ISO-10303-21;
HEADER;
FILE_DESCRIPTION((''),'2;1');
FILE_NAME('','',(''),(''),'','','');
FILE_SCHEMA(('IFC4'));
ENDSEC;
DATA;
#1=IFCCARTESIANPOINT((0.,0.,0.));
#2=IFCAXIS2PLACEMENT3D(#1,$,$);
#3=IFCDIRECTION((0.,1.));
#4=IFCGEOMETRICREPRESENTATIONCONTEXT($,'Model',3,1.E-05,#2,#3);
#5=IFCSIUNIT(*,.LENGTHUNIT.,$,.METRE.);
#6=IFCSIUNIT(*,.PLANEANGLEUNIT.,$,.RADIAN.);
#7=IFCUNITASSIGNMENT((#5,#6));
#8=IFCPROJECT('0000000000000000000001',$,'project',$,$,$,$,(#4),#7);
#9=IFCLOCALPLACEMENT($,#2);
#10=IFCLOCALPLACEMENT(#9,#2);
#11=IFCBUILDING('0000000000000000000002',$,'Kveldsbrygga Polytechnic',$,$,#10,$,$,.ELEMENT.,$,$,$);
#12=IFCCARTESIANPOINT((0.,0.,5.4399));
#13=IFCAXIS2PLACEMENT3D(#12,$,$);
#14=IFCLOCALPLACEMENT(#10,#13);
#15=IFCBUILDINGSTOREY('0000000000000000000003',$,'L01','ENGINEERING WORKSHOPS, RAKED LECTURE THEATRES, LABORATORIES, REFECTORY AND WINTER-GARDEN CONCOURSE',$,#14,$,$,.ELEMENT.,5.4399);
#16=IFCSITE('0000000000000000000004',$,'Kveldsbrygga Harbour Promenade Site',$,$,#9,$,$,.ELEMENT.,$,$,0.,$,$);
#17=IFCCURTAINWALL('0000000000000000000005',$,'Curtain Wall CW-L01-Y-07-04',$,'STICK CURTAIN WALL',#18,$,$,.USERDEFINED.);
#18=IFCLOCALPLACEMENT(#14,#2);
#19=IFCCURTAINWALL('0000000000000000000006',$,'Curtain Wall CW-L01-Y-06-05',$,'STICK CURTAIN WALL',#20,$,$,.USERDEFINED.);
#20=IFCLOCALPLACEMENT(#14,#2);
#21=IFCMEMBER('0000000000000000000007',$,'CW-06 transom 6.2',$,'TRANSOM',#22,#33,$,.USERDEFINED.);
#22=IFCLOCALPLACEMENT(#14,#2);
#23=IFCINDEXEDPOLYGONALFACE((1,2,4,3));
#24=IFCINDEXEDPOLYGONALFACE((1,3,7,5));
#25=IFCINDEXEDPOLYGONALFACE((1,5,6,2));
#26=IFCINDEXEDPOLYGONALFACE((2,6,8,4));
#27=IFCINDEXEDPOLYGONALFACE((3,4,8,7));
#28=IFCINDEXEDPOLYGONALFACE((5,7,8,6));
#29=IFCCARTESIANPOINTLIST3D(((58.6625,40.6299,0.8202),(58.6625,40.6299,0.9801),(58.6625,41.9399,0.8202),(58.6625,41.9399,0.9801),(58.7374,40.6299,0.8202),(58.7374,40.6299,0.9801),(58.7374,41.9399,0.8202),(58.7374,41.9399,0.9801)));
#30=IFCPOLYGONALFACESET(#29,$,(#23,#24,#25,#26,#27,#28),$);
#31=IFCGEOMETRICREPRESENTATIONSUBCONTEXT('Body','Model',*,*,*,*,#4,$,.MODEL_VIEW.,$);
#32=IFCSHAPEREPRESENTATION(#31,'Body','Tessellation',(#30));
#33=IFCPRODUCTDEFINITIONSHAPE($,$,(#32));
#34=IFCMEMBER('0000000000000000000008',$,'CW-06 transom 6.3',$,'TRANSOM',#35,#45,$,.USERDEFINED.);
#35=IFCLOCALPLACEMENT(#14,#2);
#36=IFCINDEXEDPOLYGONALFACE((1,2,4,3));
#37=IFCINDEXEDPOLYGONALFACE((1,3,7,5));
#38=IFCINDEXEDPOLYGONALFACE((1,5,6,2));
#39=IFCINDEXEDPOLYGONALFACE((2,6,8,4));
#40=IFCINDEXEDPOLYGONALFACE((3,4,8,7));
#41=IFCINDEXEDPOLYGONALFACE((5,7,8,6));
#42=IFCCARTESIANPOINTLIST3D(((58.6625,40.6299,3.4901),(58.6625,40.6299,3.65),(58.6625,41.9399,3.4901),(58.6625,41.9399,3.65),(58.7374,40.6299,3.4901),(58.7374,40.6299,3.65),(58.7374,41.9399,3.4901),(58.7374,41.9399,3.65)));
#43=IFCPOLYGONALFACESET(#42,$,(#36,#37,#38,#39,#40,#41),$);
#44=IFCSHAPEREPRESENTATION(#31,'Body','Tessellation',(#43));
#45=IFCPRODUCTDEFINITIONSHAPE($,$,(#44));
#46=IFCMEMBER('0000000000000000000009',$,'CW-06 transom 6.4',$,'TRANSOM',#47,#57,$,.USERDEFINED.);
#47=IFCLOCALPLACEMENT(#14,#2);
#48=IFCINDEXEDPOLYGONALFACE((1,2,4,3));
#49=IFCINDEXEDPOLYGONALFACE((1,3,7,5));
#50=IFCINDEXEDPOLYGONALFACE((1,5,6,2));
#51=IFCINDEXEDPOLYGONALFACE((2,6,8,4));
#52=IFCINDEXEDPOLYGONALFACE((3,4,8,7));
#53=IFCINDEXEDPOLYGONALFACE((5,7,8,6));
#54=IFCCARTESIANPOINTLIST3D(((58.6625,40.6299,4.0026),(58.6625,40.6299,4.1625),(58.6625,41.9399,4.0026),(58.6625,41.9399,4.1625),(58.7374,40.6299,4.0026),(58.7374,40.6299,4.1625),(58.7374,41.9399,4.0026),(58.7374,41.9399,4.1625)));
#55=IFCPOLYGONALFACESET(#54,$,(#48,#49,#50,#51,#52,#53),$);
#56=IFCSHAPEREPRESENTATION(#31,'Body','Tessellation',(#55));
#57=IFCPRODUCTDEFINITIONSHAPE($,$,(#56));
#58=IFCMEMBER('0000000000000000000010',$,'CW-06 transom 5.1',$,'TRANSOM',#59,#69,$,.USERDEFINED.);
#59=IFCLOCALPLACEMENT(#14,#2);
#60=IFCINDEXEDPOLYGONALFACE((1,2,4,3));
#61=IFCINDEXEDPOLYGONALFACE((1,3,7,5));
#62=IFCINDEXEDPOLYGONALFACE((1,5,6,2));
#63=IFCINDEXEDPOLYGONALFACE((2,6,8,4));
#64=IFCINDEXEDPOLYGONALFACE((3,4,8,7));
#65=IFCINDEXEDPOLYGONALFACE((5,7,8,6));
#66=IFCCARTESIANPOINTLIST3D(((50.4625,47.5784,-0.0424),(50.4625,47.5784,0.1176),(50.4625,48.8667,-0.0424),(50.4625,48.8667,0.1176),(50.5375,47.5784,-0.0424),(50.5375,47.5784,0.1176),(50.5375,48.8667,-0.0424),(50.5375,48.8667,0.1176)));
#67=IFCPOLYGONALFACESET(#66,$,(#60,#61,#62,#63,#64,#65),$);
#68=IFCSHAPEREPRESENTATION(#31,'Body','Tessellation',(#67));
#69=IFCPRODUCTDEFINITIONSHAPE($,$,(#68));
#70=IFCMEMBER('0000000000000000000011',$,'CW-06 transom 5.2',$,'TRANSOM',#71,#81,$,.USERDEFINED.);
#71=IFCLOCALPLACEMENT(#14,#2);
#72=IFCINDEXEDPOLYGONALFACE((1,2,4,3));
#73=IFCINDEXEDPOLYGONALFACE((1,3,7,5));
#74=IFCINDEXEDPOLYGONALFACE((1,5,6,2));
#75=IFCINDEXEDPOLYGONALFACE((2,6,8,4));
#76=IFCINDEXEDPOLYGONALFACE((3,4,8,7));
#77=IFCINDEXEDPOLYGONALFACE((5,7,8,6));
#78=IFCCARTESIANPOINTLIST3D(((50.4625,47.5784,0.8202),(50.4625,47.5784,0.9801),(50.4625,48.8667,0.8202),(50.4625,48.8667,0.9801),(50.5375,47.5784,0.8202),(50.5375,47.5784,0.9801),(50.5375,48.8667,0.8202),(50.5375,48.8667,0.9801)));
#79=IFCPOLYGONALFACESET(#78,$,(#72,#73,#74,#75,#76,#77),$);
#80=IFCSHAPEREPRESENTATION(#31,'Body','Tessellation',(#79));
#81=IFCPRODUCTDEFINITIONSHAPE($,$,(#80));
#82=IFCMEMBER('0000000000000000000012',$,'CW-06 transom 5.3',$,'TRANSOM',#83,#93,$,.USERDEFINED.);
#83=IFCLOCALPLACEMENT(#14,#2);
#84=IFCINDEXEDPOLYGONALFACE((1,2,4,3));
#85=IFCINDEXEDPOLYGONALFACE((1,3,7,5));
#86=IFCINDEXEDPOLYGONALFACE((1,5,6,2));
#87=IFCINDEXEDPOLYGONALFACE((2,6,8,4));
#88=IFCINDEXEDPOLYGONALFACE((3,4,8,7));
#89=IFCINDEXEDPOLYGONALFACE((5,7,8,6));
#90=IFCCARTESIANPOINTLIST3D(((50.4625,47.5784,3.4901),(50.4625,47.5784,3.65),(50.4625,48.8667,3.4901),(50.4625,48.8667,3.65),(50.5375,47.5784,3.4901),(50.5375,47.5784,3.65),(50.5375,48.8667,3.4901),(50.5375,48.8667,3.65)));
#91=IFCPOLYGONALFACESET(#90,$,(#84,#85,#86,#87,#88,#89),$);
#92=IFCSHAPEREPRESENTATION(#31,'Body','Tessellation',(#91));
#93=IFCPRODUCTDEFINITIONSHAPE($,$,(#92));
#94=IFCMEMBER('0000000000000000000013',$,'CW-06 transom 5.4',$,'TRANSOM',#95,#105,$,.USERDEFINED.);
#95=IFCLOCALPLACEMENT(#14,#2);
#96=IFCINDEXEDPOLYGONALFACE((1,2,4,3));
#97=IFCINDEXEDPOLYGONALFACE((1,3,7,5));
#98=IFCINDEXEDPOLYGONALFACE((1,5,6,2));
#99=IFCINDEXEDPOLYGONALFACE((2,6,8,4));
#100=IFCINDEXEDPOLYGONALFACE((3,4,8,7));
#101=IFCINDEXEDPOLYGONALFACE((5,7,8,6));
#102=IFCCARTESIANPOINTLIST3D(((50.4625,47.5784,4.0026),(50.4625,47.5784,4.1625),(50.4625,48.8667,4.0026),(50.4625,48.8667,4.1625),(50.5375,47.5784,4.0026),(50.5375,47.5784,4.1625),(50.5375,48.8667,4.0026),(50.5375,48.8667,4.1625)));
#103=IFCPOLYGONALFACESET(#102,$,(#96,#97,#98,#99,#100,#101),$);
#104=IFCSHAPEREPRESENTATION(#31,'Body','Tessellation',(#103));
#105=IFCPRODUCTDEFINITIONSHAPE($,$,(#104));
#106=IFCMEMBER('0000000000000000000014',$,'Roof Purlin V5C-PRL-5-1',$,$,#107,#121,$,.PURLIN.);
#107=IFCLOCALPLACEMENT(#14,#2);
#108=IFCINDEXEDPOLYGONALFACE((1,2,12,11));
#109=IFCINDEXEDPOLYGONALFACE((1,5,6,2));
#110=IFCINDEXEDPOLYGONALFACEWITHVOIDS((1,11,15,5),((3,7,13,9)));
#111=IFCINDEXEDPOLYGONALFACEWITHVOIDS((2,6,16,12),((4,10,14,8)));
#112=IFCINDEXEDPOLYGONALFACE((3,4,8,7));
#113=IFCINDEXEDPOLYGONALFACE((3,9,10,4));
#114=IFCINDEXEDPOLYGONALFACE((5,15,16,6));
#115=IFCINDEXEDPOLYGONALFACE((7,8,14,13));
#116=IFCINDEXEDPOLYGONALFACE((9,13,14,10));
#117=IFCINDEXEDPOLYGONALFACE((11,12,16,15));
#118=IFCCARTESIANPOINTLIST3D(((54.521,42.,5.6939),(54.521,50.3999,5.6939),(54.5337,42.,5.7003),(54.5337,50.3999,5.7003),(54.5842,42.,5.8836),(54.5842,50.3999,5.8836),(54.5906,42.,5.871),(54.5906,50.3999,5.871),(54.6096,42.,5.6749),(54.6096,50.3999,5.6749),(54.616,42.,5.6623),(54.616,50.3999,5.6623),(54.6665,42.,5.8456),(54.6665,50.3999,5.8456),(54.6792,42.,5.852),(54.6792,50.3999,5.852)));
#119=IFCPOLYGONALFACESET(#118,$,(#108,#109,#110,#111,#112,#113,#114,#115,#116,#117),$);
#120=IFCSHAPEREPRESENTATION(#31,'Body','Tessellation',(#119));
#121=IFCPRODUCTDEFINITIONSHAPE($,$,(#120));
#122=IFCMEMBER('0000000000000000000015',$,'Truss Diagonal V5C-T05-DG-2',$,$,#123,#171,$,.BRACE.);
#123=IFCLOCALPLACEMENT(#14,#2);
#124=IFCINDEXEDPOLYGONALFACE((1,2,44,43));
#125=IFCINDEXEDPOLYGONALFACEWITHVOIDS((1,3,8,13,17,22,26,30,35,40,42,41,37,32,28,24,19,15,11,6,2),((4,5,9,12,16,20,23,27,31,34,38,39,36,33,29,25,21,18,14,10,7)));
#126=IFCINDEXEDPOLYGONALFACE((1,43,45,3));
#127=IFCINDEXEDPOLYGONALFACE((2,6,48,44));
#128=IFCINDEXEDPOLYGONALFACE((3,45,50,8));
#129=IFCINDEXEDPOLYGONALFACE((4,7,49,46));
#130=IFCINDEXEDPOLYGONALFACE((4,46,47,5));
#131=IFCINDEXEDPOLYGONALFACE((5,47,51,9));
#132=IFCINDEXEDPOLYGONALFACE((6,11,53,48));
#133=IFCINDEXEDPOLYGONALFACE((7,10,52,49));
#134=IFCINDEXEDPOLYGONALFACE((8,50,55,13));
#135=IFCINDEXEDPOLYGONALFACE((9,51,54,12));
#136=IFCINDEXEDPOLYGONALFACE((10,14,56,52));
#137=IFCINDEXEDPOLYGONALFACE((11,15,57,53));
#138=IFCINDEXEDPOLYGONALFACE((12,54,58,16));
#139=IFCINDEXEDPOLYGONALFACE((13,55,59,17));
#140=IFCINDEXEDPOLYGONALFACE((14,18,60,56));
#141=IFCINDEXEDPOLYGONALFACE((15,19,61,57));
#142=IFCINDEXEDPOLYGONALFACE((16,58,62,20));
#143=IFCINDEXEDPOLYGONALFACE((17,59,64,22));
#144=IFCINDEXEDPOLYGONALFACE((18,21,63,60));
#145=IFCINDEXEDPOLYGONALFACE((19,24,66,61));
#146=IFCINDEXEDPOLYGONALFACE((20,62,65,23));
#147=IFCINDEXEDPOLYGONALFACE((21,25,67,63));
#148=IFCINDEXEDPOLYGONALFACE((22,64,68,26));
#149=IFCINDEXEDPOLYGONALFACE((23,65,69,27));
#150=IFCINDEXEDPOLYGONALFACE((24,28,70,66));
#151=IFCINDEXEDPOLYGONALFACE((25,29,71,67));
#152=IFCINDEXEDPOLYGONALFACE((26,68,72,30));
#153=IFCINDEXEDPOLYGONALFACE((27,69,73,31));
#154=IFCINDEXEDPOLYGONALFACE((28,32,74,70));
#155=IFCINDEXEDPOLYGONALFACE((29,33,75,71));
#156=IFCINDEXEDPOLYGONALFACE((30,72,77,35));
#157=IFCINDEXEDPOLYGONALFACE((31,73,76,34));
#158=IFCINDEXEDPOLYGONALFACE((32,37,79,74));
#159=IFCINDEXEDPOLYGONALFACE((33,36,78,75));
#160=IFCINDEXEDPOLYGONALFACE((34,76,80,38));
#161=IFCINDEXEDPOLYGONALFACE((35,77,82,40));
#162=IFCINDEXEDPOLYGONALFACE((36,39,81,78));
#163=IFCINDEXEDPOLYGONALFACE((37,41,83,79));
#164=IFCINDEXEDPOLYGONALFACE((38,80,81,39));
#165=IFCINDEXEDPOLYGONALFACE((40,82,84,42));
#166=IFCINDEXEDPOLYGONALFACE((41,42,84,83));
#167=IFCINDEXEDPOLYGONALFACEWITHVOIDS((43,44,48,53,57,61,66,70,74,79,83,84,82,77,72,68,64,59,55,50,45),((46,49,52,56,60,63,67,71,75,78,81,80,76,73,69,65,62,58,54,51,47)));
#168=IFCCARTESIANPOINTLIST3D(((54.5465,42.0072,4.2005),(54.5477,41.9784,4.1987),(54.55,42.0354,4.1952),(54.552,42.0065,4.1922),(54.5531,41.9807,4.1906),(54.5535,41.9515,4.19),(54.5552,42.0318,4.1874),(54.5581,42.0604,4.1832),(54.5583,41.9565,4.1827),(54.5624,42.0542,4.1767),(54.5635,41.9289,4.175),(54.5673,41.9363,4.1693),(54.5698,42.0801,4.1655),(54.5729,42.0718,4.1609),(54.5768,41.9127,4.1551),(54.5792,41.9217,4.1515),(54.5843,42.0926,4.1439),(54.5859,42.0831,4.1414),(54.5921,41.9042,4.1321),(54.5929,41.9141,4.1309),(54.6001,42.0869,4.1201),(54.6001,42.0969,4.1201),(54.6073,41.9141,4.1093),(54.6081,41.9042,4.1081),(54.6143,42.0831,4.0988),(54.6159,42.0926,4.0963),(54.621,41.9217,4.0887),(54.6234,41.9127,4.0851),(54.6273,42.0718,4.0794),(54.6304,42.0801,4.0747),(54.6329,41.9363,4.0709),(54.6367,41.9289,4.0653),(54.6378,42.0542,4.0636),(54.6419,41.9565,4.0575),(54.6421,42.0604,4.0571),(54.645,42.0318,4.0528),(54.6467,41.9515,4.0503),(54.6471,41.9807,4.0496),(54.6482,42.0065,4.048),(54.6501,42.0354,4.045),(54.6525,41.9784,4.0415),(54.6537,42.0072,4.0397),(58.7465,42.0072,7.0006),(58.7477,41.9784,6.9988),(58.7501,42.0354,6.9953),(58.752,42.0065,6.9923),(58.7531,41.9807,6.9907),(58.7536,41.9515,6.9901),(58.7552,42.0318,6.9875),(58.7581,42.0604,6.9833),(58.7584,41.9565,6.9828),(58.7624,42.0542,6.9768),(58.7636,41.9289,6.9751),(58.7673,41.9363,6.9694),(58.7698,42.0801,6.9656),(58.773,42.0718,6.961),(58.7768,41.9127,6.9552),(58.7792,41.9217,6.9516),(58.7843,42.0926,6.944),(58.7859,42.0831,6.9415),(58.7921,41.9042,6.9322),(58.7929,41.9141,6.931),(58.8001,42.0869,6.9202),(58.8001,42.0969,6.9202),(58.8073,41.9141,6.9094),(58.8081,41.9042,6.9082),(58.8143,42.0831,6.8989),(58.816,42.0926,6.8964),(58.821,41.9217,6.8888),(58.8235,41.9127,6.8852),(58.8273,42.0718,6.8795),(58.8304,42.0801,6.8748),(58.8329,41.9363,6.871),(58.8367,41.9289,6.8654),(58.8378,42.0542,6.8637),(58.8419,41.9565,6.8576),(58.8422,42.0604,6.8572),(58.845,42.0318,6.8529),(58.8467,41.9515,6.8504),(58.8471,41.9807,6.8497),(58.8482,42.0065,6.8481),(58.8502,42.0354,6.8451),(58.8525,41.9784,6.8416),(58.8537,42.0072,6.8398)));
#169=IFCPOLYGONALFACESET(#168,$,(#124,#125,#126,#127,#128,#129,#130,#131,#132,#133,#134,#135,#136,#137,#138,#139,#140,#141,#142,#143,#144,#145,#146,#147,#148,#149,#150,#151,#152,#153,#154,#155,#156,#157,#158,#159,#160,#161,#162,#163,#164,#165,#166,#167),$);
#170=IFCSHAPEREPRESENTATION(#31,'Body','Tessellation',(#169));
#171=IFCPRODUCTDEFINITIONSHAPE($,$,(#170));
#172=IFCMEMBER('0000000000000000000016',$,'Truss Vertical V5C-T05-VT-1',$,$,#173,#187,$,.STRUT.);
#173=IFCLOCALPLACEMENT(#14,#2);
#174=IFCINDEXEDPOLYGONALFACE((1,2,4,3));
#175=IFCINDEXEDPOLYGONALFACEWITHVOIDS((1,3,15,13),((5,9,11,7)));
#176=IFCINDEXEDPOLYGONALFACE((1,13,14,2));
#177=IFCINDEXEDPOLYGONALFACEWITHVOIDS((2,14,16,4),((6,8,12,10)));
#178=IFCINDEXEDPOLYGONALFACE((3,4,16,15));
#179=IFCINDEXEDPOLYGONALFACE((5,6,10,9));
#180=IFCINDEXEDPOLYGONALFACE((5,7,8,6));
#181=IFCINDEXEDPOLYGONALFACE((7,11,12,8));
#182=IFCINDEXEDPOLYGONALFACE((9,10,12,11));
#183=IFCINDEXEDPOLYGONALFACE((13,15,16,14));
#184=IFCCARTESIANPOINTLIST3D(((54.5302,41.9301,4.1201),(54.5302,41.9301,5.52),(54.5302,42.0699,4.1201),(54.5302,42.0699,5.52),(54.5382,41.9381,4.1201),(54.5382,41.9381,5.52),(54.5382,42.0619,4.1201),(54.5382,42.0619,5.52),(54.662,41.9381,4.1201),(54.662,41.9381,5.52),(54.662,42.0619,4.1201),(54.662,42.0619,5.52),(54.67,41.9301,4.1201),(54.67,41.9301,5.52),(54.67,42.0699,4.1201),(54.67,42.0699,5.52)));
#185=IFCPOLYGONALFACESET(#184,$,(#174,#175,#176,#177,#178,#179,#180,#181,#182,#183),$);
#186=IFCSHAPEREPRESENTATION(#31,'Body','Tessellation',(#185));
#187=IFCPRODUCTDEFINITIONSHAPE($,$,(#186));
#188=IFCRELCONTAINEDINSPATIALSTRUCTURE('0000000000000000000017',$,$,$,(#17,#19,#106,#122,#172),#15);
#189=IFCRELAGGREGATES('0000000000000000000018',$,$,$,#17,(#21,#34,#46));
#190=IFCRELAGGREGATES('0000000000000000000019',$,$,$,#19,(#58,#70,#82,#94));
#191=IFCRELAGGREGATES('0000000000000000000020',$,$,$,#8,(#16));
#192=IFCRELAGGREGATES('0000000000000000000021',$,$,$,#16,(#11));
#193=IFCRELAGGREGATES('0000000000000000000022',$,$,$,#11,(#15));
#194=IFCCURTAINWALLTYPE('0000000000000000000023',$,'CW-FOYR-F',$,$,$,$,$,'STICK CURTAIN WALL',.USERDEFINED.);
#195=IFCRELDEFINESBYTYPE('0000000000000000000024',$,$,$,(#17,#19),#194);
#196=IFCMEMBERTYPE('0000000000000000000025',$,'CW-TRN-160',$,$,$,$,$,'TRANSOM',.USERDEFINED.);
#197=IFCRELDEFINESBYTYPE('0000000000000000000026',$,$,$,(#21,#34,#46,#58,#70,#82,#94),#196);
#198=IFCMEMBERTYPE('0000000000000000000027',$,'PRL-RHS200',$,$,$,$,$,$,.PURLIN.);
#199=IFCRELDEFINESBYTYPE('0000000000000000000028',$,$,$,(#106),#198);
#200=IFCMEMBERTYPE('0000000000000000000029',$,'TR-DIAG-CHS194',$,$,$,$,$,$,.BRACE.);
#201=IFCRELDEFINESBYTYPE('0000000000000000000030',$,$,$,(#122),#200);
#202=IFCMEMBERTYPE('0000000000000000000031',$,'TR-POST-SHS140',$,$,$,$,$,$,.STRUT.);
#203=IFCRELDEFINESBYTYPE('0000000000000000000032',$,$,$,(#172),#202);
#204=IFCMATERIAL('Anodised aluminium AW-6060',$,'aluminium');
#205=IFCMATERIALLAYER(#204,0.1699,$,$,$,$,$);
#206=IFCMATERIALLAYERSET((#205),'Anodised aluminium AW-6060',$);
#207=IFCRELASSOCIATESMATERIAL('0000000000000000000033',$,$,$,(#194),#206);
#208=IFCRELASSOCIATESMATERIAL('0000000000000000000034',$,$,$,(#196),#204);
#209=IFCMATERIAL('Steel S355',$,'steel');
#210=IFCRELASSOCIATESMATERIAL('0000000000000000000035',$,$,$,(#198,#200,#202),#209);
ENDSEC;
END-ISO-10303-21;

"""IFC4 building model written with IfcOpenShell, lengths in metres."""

from ifc_helpers import new_model, si_unit, direction, frame, origin, origin_2d, place, context, subcontext, project, spatial, rectangle, hollow_rectangle, hollow_circle, extrude, material, layer, layer_set, material_profile, profile_set, type_object, element, aggregate, save


model = new_model("IFC4")

# Units and contexts
model_context = context("Model", 3, precision=1e-05, world=origin(), true_north=direction((0.0, 1.0)))
body_context = subcontext(model_context, "Body", "Model", "MODEL_VIEW")
ifc_project = project(units=[si_unit("LENGTHUNIT", "METRE"), si_unit("PLANEANGLEUNIT", "RADIAN")], contexts=[model_context])

# Site, building, storey
site_placement = place(None, origin())
site = spatial("IfcSite", under=ifc_project, at=site_placement, Name="Kveldsbrygga Harbour Promenade Site", CompositionType="ELEMENT", RefElevation=0.0)
building_placement = place(site_placement, origin())
building = spatial("IfcBuilding", under=site, at=building_placement, Name="Kveldsbrygga Polytechnic", CompositionType="ELEMENT")
storey_placement = place(building_placement, frame((0.0, 0.0, 5.4399)))
storey = spatial("IfcBuildingStorey", under=building, at=storey_placement, Name="L01", Description="ENGINEERING WORKSHOPS, RAKED LECTURE THEATRES, LABORATORIES, REFECTORY AND WINTER-GARDEN CONCOURSE", CompositionType="ELEMENT", Elevation=5.4399)

# Curtain wall
ifc_material_1 = material(Name="Anodised aluminium AW-6060", Category="aluminium")
ifc_layer_1 = layer(ifc_material_1, 0.1699)
ifc_layer_set_1 = layer_set([ifc_layer_1], Name="Anodised aluminium AW-6060")
curtain_wall_type_1 = type_object("IfcCurtainWallType", Name="CW-FOYR-F", ElementType="STICK CURTAIN WALL", PredefinedType="USERDEFINED", material=ifc_layer_set_1)
curtain_wall_1_placement = place(storey_placement, origin())
curtain_wall_1 = element("IfcCurtainWall", 1, at=curtain_wall_1_placement, inside=storey, type_object=curtain_wall_type_1, Name="Curtain Wall CW-L01-Y-07-04", ObjectType="STICK CURTAIN WALL", PredefinedType="USERDEFINED")

# Curtain wall
curtain_wall_2_placement = place(storey_placement, origin())
curtain_wall_2 = element("IfcCurtainWall", 2, at=curtain_wall_2_placement, inside=storey, type_object=curtain_wall_type_1, Name="Curtain Wall CW-L01-Y-06-05", ObjectType="STICK CURTAIN WALL", PredefinedType="USERDEFINED")

# Members
ifc_material_profile_1 = material_profile(ifc_material_1, rectangle(XDim=0.075, YDim=0.1599, at=origin_2d()), Name="ALU 75x160")
ifc_profile_set_1 = profile_set([ifc_material_profile_1], Name="Anodised aluminium AW-6060")
member_type_1 = type_object("IfcMemberType", Name="CW-TRN-160", ElementType="TRANSOM", PredefinedType="USERDEFINED", material=ifc_profile_set_1)
member_1_placement = place(storey_placement, frame((58.7, 40.6299, 0.9001), z_axis=(0.0, 1.0, 0.0), x_axis=(-1.0, 0.0, 0.0)))
member_1 = element("IfcMember", 3, at=member_1_placement, type_object=member_type_1, Name="CW-06 transom 6.2", ObjectType="TRANSOM", PredefinedType="USERDEFINED", context=body_context, shape_type="SweptSolid", body=[
    extrude(rectangle(XDim=0.075, YDim=0.1599, at=origin_2d()), origin(), (0.0, 0.0, 1.0), 1.3101),
])
member_2_placement = place(storey_placement, frame((58.7, 40.6299, 3.5701), z_axis=(0.0, 1.0, 0.0), x_axis=(-1.0, 0.0, 0.0)))
member_2 = element("IfcMember", 4, at=member_2_placement, type_object=member_type_1, Name="CW-06 transom 6.3", ObjectType="TRANSOM", PredefinedType="USERDEFINED", context=body_context, shape_type="SweptSolid", body=[
    extrude(rectangle(XDim=0.075, YDim=0.1599, at=origin_2d()), origin(), (0.0, 0.0, 1.0), 1.3101),
])
member_3_placement = place(storey_placement, frame((58.7, 40.6299, 4.0825), z_axis=(0.0, 1.0, 0.0), x_axis=(-1.0, 0.0, 0.0)))
member_3 = element("IfcMember", 5, at=member_3_placement, type_object=member_type_1, Name="CW-06 transom 6.4", ObjectType="TRANSOM", PredefinedType="USERDEFINED", context=body_context, shape_type="SweptSolid", body=[
    extrude(rectangle(XDim=0.075, YDim=0.1599, at=origin_2d()), origin(), (0.0, 0.0, 1.0), 1.3101),
])
member_4_placement = place(storey_placement, frame((50.5, 47.5784, 0.0376), z_axis=(0.0, 1.0, 0.0), x_axis=(-1.0, 0.0, 0.0)))
member_4 = element("IfcMember", 6, at=member_4_placement, type_object=member_type_1, Name="CW-06 transom 5.1", ObjectType="TRANSOM", PredefinedType="USERDEFINED", context=body_context, shape_type="SweptSolid", body=[
    extrude(rectangle(XDim=0.075, YDim=0.1599, at=origin_2d()), origin(), (0.0, 0.0, 1.0), 1.2883),
])
member_5_placement = place(storey_placement, frame((50.5, 47.5784, 0.9001), z_axis=(0.0, 1.0, 0.0), x_axis=(-1.0, 0.0, 0.0)))
member_5 = element("IfcMember", 7, at=member_5_placement, type_object=member_type_1, Name="CW-06 transom 5.2", ObjectType="TRANSOM", PredefinedType="USERDEFINED", context=body_context, shape_type="SweptSolid", body=[
    extrude(rectangle(XDim=0.075, YDim=0.1599, at=origin_2d()), origin(), (0.0, 0.0, 1.0), 1.2883),
])
member_6_placement = place(storey_placement, frame((50.5, 47.5784, 3.5701), z_axis=(0.0, 1.0, 0.0), x_axis=(-1.0, 0.0, 0.0)))
member_6 = element("IfcMember", 8, at=member_6_placement, type_object=member_type_1, Name="CW-06 transom 5.3", ObjectType="TRANSOM", PredefinedType="USERDEFINED", context=body_context, shape_type="SweptSolid", body=[
    extrude(rectangle(XDim=0.075, YDim=0.1599, at=origin_2d()), origin(), (0.0, 0.0, 1.0), 1.2883),
])
member_7_placement = place(storey_placement, frame((50.5, 47.5784, 4.0825), z_axis=(0.0, 1.0, 0.0), x_axis=(-1.0, 0.0, 0.0)))
member_7 = element("IfcMember", 9, at=member_7_placement, type_object=member_type_1, Name="CW-06 transom 5.4", ObjectType="TRANSOM", PredefinedType="USERDEFINED", context=body_context, shape_type="SweptSolid", body=[
    extrude(rectangle(XDim=0.075, YDim=0.1599, at=origin_2d()), origin(), (0.0, 0.0, 1.0), 1.2883),
])

# Members
ifc_material_2 = material(Name="Steel S355", Category="steel")
ifc_material_profile_2 = material_profile(ifc_material_2, hollow_rectangle(XDim=0.1001, YDim=0.2, WallThickness=0.01, at=origin_2d()), Name="RHS 200x100x10.0")
ifc_profile_set_2 = profile_set([ifc_material_profile_2], Name="Steel S355")
member_type_2 = type_object("IfcMemberType", Name="PRL-RHS200", PredefinedType="PURLIN", material=ifc_profile_set_2)
member_8_placement = place(storey_placement, frame((54.6001, 42.0, 5.7729), z_axis=(0.0, 1.0, 0.0), x_axis=(-0.948684, 0.0, 0.316227)))
element("IfcMember", 10, at=member_8_placement, inside=storey, type_object=member_type_2, Name="Roof Purlin V5C-PRL-5-1", PredefinedType="PURLIN", context=body_context, shape_type="SweptSolid", body=[
    extrude(hollow_rectangle(XDim=0.1001, YDim=0.2, WallThickness=0.01, at=origin_2d()), origin(), (0.0, 0.0, 1.0), 8.3999),
])
ifc_material_profile_3 = material_profile(ifc_material_2, hollow_circle(Radius=0.0969, WallThickness=0.01, at=origin_2d()), Name="CHS 193.7x10.0")
ifc_profile_set_3 = profile_set([ifc_material_profile_3], Name="Steel S355")
member_type_3 = type_object("IfcMemberType", Name="TR-DIAG-CHS194", PredefinedType="BRACE", material=ifc_profile_set_3)
member_9_placement = place(storey_placement, frame((54.6001, 42.0, 4.1201), z_axis=(0.832043, 0.0, 0.554711), x_axis=(0.0, 1.0, 0.0)))
element("IfcMember", 11, at=member_9_placement, inside=storey, type_object=member_type_3, Name="Truss Diagonal V5C-T05-DG-2", PredefinedType="BRACE", context=body_context, shape_type="SweptSolid", body=[
    extrude(hollow_circle(Radius=0.0969, WallThickness=0.01, at=origin_2d()), origin(), (0.0, 0.0, 1.0), 5.0479),
])
ifc_material_profile_4 = material_profile(ifc_material_2, hollow_rectangle(XDim=0.1399, YDim=0.1399, WallThickness=0.0081, at=origin_2d()), Name="SHS 140x140x8.0")
ifc_profile_set_4 = profile_set([ifc_material_profile_4], Name="Steel S355")
member_type_4 = type_object("IfcMemberType", Name="TR-POST-SHS140", PredefinedType="STRUT", material=ifc_profile_set_4)
member_10_placement = place(storey_placement, frame((54.6001, 42.0, 4.1201), z_axis=(0.0, 0.0, 1.0), x_axis=(1.0, 0.0, 0.0)))
element("IfcMember", 12, at=member_10_placement, inside=storey, type_object=member_type_4, Name="Truss Vertical V5C-T05-VT-1", PredefinedType="STRUT", context=body_context, shape_type="SweptSolid", body=[
    extrude(hollow_rectangle(XDim=0.1399, YDim=0.1399, WallThickness=0.0081, at=origin_2d()), origin(), (0.0, 0.0, 1.0), 1.3999),
])

aggregate(curtain_wall_1, [member_1, member_2, member_3])
aggregate(curtain_wall_2, [member_4, member_5, member_6, member_7])

save(model, "model.ifc")
